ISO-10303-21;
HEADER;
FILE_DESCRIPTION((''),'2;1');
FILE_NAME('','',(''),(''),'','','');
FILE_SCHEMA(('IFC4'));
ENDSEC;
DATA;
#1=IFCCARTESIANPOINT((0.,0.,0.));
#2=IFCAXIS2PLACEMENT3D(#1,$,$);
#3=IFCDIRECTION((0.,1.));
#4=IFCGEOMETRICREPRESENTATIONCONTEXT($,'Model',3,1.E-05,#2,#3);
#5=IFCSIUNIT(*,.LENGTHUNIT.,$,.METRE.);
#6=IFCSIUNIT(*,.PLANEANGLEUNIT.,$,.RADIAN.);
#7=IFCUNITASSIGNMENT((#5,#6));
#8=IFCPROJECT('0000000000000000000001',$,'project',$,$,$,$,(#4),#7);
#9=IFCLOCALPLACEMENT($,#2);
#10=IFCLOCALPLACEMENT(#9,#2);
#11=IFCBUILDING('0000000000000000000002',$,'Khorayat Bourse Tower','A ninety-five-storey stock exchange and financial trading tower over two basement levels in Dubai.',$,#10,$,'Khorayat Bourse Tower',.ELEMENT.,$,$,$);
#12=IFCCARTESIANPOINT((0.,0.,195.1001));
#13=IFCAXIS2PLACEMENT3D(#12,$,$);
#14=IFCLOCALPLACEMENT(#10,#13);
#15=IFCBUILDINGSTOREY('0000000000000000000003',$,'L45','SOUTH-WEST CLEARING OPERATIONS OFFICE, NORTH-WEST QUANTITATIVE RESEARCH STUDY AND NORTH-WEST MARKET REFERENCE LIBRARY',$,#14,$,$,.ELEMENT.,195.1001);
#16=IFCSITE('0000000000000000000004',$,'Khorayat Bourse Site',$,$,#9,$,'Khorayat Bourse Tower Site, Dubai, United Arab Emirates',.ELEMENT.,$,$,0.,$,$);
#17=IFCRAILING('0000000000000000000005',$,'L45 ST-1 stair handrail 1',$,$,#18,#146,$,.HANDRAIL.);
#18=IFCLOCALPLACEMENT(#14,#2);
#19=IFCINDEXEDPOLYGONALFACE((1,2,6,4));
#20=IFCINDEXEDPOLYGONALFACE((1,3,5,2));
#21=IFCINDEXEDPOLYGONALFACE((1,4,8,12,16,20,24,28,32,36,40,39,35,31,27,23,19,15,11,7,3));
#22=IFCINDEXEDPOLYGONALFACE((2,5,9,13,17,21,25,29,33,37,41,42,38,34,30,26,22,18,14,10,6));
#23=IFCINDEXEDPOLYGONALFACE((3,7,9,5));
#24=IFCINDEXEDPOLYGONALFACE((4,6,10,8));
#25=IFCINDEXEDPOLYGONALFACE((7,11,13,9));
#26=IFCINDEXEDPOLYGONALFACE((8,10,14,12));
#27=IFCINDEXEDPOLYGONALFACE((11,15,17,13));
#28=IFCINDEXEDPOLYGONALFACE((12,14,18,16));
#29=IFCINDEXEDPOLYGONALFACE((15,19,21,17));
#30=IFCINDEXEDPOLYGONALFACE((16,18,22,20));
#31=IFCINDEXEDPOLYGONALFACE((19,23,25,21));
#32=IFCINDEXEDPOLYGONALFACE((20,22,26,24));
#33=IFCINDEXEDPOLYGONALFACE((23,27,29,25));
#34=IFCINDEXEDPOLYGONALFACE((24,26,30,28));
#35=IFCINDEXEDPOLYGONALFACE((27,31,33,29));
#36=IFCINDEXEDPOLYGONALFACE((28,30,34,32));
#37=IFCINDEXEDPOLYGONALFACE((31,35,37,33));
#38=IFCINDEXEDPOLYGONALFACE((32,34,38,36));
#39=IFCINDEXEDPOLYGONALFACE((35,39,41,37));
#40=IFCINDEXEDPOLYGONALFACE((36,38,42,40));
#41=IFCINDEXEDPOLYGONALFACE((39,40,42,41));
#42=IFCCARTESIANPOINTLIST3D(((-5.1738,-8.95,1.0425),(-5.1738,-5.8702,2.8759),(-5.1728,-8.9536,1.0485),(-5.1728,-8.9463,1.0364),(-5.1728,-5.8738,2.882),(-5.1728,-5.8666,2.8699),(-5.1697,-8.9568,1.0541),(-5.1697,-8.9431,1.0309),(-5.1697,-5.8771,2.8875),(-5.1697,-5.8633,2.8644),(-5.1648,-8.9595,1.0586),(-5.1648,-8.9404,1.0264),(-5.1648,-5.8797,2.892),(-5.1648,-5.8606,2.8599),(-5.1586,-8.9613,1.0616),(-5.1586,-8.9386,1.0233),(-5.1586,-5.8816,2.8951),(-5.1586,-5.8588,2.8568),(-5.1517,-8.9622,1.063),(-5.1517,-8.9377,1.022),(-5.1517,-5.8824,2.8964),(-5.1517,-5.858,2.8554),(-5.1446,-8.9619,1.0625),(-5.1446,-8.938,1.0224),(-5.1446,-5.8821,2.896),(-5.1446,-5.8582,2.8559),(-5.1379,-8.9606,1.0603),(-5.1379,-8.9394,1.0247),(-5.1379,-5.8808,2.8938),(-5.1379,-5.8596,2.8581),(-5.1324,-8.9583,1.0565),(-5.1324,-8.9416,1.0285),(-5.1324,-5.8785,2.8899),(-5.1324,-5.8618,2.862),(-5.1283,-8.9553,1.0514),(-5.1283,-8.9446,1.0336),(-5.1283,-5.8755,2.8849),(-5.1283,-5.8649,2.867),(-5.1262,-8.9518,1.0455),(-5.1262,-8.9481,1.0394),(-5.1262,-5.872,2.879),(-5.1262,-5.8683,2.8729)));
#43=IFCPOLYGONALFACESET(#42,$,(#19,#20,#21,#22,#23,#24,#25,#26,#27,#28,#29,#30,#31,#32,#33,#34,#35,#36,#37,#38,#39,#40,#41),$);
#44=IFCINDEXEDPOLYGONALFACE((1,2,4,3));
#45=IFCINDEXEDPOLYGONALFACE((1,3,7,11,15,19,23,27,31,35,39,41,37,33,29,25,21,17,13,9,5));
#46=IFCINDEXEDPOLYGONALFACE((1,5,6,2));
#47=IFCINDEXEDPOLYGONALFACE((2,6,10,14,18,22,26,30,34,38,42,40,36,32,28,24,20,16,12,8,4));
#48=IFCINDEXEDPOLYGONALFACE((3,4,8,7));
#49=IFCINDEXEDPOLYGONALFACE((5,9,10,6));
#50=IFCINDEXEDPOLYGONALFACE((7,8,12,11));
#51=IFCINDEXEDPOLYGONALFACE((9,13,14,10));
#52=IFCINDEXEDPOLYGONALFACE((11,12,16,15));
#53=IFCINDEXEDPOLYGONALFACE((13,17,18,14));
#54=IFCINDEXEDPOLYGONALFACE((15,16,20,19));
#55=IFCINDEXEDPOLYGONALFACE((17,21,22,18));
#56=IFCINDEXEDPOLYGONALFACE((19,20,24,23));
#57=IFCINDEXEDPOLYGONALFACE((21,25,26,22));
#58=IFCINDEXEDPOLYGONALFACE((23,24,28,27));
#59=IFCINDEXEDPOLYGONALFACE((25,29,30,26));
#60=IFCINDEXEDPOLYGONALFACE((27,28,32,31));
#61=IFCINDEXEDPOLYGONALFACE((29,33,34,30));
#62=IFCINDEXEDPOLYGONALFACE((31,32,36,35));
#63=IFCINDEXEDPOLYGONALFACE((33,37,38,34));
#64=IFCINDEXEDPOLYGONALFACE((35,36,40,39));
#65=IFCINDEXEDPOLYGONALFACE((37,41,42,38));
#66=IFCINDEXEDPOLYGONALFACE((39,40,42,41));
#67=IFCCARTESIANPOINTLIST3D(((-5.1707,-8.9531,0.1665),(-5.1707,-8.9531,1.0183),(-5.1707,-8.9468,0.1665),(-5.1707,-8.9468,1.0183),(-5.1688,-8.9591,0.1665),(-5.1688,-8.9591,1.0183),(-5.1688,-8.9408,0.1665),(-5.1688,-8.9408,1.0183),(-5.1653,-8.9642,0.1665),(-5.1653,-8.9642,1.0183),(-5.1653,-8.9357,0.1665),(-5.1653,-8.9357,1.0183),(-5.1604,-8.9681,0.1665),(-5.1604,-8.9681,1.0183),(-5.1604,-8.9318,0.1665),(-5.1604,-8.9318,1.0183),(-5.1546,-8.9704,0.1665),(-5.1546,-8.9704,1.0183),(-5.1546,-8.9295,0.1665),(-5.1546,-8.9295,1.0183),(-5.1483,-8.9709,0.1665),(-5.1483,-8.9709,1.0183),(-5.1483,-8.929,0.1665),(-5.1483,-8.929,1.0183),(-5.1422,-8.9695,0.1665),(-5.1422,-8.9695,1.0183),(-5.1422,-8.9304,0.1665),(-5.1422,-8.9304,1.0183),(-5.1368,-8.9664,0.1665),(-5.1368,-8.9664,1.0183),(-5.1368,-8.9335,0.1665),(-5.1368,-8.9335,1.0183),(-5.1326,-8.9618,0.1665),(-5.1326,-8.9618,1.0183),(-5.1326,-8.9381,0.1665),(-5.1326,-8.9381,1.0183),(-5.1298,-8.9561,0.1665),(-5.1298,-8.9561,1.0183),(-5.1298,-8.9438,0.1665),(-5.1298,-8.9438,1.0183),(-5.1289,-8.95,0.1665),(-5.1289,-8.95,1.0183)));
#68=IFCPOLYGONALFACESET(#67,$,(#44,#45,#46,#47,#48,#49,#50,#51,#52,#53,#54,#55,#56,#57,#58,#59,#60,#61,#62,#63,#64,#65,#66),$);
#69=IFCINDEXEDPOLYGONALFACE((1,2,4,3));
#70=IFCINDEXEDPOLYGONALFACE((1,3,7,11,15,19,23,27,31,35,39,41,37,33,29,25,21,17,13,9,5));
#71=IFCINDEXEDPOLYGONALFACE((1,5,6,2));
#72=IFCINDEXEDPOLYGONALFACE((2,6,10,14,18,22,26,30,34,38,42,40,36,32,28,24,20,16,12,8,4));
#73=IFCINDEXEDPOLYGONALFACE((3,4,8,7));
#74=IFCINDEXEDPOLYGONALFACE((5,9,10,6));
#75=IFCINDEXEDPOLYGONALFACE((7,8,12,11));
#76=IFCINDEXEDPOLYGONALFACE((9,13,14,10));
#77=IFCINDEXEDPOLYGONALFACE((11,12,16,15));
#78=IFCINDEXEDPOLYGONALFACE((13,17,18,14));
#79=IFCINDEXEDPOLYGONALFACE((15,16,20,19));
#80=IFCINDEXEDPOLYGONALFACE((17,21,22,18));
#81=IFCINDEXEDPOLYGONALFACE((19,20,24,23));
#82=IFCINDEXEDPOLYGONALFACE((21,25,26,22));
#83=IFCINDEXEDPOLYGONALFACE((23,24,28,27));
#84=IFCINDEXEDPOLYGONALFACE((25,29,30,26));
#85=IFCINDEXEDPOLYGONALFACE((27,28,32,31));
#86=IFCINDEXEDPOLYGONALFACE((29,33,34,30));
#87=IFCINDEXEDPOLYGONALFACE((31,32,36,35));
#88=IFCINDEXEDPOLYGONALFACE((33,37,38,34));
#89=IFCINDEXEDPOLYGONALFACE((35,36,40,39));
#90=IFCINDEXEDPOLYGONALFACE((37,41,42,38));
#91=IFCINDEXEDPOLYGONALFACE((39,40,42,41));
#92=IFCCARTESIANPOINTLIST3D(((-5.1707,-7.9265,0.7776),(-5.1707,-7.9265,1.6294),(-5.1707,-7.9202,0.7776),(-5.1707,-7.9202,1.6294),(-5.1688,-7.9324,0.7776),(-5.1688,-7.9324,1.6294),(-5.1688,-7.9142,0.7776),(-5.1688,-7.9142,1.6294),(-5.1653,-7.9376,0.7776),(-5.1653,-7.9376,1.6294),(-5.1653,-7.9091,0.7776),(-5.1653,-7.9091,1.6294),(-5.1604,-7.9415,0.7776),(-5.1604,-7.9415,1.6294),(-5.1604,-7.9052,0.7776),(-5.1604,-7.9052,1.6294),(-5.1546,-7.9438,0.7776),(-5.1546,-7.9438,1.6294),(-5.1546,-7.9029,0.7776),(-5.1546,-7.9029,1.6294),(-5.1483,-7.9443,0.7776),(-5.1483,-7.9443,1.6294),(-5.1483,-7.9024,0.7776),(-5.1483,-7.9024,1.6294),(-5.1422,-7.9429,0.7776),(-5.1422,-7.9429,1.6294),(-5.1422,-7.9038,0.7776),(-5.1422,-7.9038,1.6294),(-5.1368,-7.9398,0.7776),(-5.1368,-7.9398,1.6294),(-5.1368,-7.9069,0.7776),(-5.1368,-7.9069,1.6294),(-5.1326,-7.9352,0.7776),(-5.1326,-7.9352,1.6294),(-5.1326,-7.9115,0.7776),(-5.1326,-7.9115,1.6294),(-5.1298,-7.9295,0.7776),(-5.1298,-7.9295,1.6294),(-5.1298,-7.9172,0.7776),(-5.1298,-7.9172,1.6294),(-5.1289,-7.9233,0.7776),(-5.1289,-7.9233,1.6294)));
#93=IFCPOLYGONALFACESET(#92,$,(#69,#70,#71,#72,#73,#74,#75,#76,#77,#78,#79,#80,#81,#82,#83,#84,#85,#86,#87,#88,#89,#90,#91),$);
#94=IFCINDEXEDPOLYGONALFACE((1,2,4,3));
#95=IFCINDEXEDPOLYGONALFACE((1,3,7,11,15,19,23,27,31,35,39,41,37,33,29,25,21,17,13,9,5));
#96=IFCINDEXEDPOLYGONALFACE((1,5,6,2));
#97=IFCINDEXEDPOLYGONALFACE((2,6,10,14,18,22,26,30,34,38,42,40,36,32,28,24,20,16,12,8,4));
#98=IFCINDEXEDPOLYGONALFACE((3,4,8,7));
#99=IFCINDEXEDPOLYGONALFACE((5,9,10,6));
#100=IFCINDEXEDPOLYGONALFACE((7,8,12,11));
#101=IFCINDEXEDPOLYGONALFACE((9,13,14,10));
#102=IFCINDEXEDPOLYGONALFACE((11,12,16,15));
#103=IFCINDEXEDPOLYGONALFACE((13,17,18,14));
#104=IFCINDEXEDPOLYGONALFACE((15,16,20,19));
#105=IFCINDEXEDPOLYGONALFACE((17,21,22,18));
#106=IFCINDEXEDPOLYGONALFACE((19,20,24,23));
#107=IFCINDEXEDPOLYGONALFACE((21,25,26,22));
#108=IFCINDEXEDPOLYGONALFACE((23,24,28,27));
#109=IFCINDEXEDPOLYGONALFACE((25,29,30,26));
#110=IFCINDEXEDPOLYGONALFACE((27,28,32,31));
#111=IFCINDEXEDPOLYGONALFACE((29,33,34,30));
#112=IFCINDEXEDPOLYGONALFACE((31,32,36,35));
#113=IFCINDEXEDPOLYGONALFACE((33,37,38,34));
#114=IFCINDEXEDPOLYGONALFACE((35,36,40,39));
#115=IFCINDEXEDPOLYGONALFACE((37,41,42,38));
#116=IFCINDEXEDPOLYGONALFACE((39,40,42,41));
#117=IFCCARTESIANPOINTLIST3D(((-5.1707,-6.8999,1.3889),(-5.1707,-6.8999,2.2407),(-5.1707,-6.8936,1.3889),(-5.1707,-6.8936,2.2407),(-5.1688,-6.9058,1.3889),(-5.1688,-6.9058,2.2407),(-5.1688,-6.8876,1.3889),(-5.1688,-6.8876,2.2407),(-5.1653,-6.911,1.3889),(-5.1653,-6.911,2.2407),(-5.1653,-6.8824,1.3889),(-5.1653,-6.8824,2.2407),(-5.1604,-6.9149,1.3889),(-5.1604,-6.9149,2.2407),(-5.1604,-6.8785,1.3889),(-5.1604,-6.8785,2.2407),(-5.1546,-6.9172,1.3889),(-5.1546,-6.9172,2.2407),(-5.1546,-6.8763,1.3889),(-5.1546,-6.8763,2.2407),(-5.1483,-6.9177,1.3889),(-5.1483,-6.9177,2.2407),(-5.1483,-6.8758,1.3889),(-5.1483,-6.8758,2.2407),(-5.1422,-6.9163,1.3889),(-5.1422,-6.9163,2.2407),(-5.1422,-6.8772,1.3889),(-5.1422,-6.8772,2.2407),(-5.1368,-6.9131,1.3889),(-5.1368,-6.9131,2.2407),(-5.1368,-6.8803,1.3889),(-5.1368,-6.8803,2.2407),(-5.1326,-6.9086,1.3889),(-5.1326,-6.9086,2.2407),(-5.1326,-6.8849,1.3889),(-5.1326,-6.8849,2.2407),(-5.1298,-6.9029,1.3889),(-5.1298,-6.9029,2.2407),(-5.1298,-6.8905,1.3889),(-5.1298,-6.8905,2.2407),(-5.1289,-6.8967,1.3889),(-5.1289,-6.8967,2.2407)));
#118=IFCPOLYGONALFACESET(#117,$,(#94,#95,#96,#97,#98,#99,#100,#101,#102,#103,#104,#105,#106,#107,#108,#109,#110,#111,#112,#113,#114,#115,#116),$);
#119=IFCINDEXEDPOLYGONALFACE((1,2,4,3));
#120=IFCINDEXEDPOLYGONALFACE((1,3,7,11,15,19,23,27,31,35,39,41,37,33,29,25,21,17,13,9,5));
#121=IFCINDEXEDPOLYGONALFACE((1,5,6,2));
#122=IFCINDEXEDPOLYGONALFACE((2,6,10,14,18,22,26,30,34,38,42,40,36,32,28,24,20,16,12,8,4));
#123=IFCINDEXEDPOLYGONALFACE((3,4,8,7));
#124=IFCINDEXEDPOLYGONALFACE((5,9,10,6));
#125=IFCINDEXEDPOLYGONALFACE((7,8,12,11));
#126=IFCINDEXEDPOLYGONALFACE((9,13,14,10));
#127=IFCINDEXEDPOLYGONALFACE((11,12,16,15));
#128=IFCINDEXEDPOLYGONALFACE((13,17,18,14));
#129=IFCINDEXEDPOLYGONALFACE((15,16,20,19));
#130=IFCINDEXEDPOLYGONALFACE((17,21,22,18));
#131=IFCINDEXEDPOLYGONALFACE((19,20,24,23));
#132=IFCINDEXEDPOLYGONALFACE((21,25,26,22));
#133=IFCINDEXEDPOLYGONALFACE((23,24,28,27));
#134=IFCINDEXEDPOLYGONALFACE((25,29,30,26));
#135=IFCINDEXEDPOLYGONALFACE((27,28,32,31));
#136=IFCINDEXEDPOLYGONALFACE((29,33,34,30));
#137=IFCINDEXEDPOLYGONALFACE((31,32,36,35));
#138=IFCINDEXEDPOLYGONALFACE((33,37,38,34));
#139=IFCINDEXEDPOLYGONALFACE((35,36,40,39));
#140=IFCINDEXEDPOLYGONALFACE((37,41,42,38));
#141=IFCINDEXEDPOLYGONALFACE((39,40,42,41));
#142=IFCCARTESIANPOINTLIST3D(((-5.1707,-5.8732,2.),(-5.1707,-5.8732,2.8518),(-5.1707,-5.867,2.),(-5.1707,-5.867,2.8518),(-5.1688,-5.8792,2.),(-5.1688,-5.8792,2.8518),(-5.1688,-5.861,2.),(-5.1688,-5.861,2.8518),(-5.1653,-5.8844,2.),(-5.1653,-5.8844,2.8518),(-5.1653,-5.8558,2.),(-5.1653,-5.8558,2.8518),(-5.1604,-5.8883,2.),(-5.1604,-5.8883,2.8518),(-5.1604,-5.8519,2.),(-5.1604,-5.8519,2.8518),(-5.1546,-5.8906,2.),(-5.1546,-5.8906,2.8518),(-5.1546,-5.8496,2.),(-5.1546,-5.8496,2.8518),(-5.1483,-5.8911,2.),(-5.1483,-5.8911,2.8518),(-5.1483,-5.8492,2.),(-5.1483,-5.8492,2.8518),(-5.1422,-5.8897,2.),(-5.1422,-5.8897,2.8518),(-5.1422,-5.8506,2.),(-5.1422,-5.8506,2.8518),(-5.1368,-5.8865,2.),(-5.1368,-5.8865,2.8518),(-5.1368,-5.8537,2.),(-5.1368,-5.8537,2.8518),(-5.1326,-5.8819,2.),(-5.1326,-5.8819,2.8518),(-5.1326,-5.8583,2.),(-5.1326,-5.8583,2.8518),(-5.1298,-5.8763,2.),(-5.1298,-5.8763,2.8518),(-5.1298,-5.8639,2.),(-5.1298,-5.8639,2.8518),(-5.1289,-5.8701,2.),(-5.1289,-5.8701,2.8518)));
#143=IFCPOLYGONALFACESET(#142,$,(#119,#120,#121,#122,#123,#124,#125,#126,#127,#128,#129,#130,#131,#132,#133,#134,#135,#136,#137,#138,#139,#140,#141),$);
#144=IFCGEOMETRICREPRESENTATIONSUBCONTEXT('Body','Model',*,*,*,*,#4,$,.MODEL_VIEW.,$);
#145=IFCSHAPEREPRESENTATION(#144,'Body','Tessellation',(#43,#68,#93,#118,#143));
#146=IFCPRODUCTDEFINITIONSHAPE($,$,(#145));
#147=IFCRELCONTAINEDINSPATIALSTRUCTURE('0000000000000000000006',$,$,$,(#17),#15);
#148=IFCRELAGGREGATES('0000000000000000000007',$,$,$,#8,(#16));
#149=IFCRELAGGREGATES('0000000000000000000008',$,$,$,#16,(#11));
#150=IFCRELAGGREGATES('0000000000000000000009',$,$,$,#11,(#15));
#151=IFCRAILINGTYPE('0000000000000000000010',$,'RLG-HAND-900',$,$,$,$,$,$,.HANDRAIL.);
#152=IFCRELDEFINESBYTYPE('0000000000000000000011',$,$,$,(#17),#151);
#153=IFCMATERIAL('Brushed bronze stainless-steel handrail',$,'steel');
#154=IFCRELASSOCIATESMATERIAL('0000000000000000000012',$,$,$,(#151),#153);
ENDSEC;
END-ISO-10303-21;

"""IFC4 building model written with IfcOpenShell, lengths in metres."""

from ifc_helpers import new_model, si_unit, direction, frame, origin, origin_2d, place, context, subcontext, project, spatial, circle, extrude, source, transform, mapped, material, type_object, element, save


model = new_model("IFC4")

# Units and contexts
model_context = context("Model", 3, precision=1e-05, world=origin(), true_north=direction((0.0, 1.0)))
body_context = subcontext(model_context, "Body", "Model", "MODEL_VIEW")
ifc_project = project(units=[si_unit("LENGTHUNIT", "METRE"), si_unit("PLANEANGLEUNIT", "RADIAN")], contexts=[model_context])

# Site, building, storey
site_placement = place(None, origin())
site = spatial("IfcSite", under=ifc_project, at=site_placement, Name="Khorayat Bourse Site", LongName="Khorayat Bourse Tower Site, Dubai, United Arab Emirates", CompositionType="ELEMENT", RefElevation=0.0)
building_placement = place(site_placement, origin())
building = spatial("IfcBuilding", under=site, at=building_placement, Name="Khorayat Bourse Tower", Description="A ninety-five-storey stock exchange and financial trading tower over two basement levels in Dubai.", LongName="Khorayat Bourse Tower", CompositionType="ELEMENT")
storey_placement = place(building_placement, frame((0.0, 0.0, 195.1001)))
storey = spatial("IfcBuildingStorey", under=building, at=storey_placement, Name="L45", Description="SOUTH-WEST CLEARING OPERATIONS OFFICE, NORTH-WEST QUANTITATIVE RESEARCH STUDY AND NORTH-WEST MARKET REFERENCE LIBRARY", CompositionType="ELEMENT", Elevation=195.1001)

# Railing
ifc_material_1 = material(Name="Brushed bronze stainless-steel handrail", Category="steel")
railing_type_1 = type_object("IfcRailingType", Name="RLG-HAND-900", PredefinedType="HANDRAIL", material=ifc_material_1)
shared_shape_1 = source(origin(), body_context, "Body", "SweptSolid", [
    extrude(circle(Radius=0.0239, at=origin_2d()), frame((0.0, 0.0, 0.876), z_axis=(0.0, 0.859261, 0.511538), x_axis=(-1.0, 0.0, 0.0)), (0.0, 0.0, 1.0), 3.5842),
    extrude(circle(Radius=0.021, at=origin_2d()), origin(), (0.0, 0.0, 1.0), 0.8518),
    extrude(circle(Radius=0.021, at=origin_2d()), frame((0.0, 1.0266, 0.6111)), (0.0, 0.0, 1.0), 0.8518),
    extrude(circle(Radius=0.021, at=origin_2d()), frame((0.0, 2.0532, 1.2224)), (0.0, 0.0, 1.0), 0.8518),
    extrude(circle(Radius=0.021, at=origin_2d()), frame((0.0, 3.0798, 1.8335)), (0.0, 0.0, 1.0), 0.8518),
])
railing_1_placement = place(storey_placement, frame((-5.1499, -8.95, 0.1665)))
element("IfcRailing", 1, at=railing_1_placement, inside=storey, type_object=railing_type_1, Name="L45 ST-1 stair handrail 1", PredefinedType="HANDRAIL", context=body_context, shape_type="MappedRepresentation", body=[
    mapped(shared_shape_1, transform((0.0, 0.0, 0.0), scale=1.0)),
])

save(model, "model.ifc")
